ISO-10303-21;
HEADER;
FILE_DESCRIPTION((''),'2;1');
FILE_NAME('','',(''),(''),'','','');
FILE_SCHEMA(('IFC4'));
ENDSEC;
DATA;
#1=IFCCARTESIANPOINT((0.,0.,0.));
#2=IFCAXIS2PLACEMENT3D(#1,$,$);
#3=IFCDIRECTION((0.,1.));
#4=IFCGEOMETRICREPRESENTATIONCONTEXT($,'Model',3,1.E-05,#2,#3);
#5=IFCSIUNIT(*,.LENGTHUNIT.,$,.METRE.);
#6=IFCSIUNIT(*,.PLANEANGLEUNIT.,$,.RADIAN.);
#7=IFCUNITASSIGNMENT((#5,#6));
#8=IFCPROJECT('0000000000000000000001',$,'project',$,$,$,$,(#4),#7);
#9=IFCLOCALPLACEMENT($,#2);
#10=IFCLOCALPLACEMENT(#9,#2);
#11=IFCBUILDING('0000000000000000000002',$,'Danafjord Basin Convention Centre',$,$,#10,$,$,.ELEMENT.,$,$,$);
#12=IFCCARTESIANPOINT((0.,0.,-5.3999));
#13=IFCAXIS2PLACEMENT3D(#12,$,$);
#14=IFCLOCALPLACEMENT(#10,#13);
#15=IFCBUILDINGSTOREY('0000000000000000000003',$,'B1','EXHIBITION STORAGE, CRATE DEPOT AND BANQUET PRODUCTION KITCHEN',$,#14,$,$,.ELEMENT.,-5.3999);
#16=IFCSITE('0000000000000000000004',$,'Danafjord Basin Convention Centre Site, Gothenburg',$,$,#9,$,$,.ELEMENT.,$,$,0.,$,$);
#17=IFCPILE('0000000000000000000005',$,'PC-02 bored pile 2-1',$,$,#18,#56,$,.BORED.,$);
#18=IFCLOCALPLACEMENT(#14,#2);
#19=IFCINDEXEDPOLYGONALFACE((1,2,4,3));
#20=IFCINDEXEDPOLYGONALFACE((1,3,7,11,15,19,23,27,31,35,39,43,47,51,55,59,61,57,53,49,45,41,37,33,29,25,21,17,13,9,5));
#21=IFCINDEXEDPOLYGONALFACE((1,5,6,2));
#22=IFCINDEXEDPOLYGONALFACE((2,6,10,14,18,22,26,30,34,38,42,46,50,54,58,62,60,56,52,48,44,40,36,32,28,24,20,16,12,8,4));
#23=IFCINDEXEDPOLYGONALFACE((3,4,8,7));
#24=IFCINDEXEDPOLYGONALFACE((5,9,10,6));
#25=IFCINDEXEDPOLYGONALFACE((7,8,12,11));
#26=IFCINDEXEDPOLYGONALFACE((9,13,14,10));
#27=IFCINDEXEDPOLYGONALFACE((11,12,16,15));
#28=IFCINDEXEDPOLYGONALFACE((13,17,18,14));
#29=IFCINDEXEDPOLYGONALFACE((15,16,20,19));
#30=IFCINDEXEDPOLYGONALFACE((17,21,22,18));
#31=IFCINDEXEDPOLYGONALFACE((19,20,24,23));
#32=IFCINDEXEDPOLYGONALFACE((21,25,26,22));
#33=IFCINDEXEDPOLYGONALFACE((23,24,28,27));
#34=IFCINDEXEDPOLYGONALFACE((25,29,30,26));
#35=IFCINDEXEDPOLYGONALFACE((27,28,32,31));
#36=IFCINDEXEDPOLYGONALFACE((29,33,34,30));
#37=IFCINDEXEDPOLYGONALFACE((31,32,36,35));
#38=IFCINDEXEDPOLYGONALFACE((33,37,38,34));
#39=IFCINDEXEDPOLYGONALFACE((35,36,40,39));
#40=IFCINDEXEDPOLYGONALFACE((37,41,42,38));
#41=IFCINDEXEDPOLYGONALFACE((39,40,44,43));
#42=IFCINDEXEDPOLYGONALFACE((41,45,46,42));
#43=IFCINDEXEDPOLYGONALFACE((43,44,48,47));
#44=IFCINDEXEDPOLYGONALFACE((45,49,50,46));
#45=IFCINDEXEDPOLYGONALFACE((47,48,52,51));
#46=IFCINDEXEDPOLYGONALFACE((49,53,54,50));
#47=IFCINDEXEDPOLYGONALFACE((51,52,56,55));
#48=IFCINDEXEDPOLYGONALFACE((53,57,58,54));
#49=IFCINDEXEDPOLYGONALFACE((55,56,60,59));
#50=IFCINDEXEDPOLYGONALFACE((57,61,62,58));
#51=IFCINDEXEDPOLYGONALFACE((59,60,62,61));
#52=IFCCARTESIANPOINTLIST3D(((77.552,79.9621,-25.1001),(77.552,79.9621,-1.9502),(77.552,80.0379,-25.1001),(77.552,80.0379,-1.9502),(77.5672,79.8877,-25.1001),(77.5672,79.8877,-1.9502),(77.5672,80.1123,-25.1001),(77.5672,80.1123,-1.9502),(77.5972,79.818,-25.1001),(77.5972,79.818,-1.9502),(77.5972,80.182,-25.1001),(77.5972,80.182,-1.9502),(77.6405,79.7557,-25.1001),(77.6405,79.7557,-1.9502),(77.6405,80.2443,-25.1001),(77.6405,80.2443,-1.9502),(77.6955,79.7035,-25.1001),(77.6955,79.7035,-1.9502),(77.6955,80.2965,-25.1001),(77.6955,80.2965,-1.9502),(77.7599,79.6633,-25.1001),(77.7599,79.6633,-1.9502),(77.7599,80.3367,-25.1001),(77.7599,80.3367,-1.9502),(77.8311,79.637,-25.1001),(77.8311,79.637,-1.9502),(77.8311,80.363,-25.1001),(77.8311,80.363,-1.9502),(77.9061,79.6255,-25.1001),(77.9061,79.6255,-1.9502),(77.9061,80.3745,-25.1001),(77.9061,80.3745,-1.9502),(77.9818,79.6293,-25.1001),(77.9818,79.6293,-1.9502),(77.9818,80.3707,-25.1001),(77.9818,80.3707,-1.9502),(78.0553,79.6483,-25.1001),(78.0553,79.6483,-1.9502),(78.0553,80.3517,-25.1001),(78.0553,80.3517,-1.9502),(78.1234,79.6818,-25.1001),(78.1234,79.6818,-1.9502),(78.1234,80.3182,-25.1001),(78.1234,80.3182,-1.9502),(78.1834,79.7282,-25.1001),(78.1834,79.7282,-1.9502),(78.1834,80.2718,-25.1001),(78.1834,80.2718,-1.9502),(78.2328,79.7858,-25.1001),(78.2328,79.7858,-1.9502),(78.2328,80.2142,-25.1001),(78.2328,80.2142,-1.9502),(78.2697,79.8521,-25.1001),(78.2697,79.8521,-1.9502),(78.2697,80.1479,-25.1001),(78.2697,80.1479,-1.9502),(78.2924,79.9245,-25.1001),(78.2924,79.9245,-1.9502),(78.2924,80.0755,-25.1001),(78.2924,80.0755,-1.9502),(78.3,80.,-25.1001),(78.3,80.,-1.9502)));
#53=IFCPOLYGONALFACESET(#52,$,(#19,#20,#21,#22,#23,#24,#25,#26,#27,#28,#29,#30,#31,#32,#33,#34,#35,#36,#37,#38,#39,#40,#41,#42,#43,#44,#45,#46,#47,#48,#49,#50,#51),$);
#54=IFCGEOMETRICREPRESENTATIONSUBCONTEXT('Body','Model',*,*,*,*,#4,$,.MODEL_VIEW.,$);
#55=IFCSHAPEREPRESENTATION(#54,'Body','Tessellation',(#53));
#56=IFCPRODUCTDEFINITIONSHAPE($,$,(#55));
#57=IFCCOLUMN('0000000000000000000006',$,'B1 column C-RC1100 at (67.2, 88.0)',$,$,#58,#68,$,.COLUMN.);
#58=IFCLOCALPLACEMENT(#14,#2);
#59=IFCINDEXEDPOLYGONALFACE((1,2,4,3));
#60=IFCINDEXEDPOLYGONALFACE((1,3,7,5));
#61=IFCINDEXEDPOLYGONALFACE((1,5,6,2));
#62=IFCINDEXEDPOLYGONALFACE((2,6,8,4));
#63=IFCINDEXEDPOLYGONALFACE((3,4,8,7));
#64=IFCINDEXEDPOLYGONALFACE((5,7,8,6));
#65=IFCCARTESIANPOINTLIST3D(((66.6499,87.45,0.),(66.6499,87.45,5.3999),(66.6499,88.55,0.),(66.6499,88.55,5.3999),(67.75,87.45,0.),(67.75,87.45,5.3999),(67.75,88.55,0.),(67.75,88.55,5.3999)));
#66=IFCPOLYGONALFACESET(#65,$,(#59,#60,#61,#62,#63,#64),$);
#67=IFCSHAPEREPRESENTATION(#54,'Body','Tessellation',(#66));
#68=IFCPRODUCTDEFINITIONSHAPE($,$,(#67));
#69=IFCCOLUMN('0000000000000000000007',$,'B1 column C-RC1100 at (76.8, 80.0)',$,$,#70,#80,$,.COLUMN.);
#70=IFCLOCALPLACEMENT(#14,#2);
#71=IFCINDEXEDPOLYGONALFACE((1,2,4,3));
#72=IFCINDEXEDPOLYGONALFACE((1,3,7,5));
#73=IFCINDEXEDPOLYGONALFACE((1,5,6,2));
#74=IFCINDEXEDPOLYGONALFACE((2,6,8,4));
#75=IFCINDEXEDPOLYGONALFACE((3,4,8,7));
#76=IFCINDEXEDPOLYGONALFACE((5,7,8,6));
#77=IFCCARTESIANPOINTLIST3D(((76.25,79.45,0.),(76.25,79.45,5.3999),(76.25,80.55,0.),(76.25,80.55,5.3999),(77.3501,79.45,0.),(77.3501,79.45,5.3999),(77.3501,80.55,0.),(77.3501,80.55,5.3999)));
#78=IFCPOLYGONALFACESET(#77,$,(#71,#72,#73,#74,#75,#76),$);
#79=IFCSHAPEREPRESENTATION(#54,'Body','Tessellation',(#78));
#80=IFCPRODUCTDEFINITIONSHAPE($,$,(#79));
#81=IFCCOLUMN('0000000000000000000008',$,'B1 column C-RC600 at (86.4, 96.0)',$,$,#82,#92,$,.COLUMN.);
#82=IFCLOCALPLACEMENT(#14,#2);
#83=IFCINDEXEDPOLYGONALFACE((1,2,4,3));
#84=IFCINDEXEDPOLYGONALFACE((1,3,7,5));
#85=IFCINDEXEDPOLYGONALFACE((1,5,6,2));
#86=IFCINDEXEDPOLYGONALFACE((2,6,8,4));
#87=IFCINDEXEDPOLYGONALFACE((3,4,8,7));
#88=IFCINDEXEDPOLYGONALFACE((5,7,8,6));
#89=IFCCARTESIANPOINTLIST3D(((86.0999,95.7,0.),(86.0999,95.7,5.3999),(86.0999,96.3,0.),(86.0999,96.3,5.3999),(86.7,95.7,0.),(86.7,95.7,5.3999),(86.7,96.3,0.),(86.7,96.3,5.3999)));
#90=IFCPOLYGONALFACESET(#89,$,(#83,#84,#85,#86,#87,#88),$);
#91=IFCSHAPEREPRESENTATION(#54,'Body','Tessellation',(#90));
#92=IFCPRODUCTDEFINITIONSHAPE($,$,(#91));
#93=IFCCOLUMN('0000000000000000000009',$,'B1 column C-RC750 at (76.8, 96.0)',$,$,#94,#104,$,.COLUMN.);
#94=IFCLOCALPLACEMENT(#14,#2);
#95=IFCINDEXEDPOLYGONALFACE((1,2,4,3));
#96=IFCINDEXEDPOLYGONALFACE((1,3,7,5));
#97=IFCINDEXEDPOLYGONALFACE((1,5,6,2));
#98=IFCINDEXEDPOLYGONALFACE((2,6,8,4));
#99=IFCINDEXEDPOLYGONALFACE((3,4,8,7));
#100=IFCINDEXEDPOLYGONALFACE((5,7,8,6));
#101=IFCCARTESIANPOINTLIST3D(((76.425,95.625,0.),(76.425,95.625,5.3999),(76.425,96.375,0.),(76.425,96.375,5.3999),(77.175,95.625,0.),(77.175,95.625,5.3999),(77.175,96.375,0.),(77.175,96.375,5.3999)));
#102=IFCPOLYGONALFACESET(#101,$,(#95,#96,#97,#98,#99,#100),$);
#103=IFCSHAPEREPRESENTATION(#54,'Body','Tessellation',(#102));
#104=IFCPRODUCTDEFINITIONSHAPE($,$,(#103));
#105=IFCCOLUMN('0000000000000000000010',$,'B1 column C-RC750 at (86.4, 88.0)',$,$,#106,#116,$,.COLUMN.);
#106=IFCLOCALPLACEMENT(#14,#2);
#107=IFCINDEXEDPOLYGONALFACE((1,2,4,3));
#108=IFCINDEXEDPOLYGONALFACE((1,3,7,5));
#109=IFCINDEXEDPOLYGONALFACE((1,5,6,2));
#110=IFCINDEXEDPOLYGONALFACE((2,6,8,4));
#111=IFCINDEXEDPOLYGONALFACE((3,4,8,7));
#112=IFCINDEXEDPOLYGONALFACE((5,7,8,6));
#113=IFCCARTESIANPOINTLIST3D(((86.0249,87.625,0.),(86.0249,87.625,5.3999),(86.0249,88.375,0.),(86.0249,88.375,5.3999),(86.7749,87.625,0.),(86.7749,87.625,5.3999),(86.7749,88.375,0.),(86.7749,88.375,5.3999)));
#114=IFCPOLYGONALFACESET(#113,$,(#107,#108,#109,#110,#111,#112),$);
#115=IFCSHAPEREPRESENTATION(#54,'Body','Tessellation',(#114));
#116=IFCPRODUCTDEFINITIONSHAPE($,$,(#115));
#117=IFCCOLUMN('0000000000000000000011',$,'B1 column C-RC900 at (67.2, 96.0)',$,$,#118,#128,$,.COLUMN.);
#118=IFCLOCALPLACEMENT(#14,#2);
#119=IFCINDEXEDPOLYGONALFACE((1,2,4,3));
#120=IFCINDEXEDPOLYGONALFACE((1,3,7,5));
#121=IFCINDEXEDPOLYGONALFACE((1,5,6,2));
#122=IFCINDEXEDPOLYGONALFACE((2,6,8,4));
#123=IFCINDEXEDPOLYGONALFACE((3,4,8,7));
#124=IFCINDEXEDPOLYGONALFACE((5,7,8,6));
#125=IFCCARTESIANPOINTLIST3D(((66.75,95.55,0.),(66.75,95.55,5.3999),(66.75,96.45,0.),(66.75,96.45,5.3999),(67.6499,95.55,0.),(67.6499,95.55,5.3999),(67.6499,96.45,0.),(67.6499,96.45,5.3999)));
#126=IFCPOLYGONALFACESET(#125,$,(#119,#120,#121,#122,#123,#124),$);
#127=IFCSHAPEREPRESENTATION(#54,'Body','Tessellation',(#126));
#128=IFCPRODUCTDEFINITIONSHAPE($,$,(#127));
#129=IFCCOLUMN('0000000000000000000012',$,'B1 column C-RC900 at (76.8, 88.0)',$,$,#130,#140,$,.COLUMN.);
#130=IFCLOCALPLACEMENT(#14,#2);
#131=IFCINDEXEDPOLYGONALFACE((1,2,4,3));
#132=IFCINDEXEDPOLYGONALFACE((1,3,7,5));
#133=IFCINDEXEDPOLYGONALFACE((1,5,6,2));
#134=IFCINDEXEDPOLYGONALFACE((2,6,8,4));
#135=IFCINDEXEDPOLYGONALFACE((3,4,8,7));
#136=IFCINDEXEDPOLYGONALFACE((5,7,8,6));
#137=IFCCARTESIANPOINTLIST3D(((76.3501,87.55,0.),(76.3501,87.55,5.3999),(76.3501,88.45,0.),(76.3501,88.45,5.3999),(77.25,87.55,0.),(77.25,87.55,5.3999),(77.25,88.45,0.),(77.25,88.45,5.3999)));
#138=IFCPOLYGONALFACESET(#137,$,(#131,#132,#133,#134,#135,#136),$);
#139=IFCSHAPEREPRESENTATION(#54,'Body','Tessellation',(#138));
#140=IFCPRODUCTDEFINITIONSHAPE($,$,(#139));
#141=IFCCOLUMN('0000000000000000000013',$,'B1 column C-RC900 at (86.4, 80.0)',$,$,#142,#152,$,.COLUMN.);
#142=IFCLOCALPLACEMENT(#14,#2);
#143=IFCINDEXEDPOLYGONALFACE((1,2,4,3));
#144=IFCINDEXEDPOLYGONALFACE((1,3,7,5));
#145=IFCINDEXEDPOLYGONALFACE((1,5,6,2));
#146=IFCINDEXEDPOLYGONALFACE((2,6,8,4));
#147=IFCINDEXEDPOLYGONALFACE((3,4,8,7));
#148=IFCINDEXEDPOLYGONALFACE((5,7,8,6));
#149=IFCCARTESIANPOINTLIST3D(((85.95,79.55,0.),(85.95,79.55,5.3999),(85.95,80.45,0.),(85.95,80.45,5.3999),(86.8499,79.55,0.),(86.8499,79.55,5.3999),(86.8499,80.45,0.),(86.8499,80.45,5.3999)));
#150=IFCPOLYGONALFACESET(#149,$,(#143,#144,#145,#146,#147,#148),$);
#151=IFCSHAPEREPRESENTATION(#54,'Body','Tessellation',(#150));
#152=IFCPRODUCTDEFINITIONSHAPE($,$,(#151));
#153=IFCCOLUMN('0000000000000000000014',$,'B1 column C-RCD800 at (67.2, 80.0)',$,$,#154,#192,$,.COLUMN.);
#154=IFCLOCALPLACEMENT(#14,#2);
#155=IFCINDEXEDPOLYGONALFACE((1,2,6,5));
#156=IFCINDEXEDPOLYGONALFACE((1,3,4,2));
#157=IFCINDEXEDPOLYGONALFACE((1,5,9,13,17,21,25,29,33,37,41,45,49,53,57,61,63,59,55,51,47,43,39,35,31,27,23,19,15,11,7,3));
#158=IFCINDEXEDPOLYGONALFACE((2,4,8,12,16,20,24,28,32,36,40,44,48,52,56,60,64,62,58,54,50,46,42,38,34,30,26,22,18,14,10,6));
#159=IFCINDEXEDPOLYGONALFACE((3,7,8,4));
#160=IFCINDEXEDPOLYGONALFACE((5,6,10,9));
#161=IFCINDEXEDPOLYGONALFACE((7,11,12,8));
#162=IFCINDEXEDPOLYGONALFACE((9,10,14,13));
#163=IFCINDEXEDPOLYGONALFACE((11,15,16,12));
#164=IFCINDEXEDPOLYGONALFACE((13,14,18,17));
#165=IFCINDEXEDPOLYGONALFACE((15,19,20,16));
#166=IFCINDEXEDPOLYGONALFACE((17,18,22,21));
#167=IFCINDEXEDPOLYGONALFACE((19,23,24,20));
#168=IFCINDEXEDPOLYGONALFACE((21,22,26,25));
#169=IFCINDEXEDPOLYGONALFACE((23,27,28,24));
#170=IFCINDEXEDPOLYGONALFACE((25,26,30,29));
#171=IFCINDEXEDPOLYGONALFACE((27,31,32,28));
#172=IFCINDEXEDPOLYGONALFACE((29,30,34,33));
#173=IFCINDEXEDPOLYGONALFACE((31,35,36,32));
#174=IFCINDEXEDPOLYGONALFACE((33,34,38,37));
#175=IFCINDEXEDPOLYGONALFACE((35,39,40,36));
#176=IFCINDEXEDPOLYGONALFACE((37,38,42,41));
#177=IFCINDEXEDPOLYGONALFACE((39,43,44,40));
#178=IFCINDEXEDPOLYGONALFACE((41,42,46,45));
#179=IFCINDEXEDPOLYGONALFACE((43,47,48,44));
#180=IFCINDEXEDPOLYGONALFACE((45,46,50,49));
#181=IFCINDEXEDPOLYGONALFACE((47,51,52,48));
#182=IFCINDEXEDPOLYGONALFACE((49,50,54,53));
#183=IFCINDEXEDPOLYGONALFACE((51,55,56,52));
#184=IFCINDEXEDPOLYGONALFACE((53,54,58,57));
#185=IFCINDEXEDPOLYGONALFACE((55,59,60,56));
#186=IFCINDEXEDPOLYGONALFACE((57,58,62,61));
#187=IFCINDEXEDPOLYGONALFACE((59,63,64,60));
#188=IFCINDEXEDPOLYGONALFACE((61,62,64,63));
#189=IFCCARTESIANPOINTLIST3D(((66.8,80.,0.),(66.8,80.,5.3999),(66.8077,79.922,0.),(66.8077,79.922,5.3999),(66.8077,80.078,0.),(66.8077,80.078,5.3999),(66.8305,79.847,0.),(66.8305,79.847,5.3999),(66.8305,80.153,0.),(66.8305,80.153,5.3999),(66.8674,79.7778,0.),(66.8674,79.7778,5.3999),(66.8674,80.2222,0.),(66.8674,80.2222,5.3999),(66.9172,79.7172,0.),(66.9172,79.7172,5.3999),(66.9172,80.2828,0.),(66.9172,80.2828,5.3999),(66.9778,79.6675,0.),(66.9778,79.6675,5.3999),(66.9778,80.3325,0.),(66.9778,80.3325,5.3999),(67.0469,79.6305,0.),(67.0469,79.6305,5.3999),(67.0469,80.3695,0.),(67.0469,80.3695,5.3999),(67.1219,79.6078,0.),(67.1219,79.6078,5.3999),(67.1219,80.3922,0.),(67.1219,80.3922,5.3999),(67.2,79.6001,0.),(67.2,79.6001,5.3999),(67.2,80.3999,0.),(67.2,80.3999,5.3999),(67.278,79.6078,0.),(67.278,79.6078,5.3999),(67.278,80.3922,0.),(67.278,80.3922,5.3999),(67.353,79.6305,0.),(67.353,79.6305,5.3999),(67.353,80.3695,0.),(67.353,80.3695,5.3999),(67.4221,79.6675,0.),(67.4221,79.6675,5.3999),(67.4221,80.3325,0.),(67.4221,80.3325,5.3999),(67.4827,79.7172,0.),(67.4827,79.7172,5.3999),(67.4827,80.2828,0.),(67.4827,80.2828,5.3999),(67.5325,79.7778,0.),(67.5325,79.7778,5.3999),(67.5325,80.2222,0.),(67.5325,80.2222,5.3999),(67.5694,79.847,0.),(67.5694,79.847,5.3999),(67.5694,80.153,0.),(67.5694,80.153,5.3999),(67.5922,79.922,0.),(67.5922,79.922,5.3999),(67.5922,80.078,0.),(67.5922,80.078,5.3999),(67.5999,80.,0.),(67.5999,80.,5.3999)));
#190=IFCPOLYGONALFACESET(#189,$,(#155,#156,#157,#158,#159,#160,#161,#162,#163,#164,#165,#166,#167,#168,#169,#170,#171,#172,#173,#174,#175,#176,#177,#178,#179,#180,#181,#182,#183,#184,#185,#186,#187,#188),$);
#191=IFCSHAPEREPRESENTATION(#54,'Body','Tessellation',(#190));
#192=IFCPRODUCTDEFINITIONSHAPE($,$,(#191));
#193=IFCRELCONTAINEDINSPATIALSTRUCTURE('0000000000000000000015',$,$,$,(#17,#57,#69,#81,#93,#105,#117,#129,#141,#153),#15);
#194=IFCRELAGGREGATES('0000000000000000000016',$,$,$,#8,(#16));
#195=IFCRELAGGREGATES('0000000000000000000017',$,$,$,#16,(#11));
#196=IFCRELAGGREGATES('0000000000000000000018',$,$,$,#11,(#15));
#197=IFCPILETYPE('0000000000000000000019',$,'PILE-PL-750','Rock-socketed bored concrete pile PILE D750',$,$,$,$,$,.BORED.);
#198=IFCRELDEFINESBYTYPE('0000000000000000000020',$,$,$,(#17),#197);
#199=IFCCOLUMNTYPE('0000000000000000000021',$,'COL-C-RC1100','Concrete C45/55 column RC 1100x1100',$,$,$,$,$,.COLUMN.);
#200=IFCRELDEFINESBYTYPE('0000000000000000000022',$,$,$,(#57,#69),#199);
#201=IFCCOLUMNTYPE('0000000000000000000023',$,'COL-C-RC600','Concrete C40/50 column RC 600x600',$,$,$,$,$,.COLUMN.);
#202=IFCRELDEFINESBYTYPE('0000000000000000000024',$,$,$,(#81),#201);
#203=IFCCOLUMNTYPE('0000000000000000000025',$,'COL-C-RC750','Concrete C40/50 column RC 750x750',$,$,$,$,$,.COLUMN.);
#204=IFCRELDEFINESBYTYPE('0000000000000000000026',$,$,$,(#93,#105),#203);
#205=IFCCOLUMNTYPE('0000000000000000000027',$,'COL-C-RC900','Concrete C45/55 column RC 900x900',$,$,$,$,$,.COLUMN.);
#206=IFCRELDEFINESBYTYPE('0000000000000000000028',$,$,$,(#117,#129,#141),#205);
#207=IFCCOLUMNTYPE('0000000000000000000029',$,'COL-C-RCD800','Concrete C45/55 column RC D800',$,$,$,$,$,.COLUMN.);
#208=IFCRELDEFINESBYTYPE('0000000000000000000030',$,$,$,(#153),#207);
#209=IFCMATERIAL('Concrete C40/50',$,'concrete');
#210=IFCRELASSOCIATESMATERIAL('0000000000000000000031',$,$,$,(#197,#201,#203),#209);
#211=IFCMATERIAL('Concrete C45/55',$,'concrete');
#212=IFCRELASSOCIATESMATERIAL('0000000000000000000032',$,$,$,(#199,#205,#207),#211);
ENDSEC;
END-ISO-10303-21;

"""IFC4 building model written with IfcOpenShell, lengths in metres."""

from ifc_helpers import new_model, si_unit, direction, frame, origin, origin_2d, place, context, subcontext, project, spatial, rectangle, circle, extrude, material, material_profile, profile_set, type_object, element, save


model = new_model("IFC4")

# Units and contexts
model_context = context("Model", 3, precision=1e-05, world=origin(), true_north=direction((0.0, 1.0)))
body_context = subcontext(model_context, "Body", "Model", "MODEL_VIEW")
ifc_project = project(units=[si_unit("LENGTHUNIT", "METRE"), si_unit("PLANEANGLEUNIT", "RADIAN")], contexts=[model_context])

# Site, building, storey
site_placement = place(None, origin())
site = spatial("IfcSite", under=ifc_project, at=site_placement, Name="Danafjord Basin Convention Centre Site, Gothenburg", CompositionType="ELEMENT", RefElevation=0.0)
building_placement = place(site_placement, origin())
building = spatial("IfcBuilding", under=site, at=building_placement, Name="Danafjord Basin Convention Centre", CompositionType="ELEMENT")
storey_placement = place(building_placement, frame((0.0, 0.0, -5.3999)))
storey = spatial("IfcBuildingStorey", under=building, at=storey_placement, Name="B1", Description="EXHIBITION STORAGE, CRATE DEPOT AND BANQUET PRODUCTION KITCHEN", CompositionType="ELEMENT", Elevation=-5.3999)

# Shared definitions
ifc_material_1 = material(Name="Concrete C40/50", Category="concrete")

# Pile
ifc_material_profile_1 = material_profile(ifc_material_1, circle(Radius=0.375, at=origin_2d()), Name="PILE D750")
ifc_profile_set_1 = profile_set([ifc_material_profile_1], Name="Concrete C40/50")
pile_type_1 = type_object("IfcPileType", Name="PILE-PL-750", Description="Rock-socketed bored concrete pile PILE D750", PredefinedType="BORED", material=ifc_profile_set_1)
for number, where, z_axis, x_axis, name in (
    (1, (77.925, 80.0, -1.9502), (0.0, 0.0, -1.0), (1.0, 0.0, 0.0), "PC-02 bored pile 2-1"),
):
    element("IfcPile", number, at=place(storey_placement, frame(where, z_axis=z_axis, x_axis=x_axis)), inside=storey, type_object=pile_type_1, Name=name, PredefinedType="BORED", context=body_context, shape_type="SweptSolid", body=[
        extrude(circle(Radius=0.375, at=origin_2d()), origin(), (0.0, 0.0, 1.0), 23.1499),
    ])

# Columns
ifc_material_2 = material(Name="Concrete C45/55", Category="concrete")
ifc_material_profile_2 = material_profile(ifc_material_2, rectangle(XDim=1.1001, YDim=1.1001, at=origin_2d()), Name="RC 1100x1100")
ifc_profile_set_2 = profile_set([ifc_material_profile_2], Name="Concrete C45/55")
column_type_1 = type_object("IfcColumnType", Name="COL-C-RC1100", Description="Concrete C45/55 column RC 1100x1100", PredefinedType="COLUMN", material=ifc_profile_set_2)
for number, where, z_axis, x_axis, name in (
    (2, (67.2, 88.0, 0.0), (0.0, 0.0, 1.0), (1.0, 0.0, 0.0), "B1 column C-RC1100 at (67.2, 88.0)"),
    (3, (76.8, 80.0, 0.0), (0.0, 0.0, 1.0), (1.0, 0.0, 0.0), "B1 column C-RC1100 at (76.8, 80.0)"),
):
    element("IfcColumn", number, at=place(storey_placement, frame(where, z_axis=z_axis, x_axis=x_axis)), inside=storey, type_object=column_type_1, Name=name, PredefinedType="COLUMN", context=body_context, shape_type="SweptSolid", body=[
        extrude(rectangle(XDim=1.1001, YDim=1.1001, at=origin_2d()), origin(), (0.0, 0.0, 1.0), 5.3999),
    ])
ifc_material_profile_3 = material_profile(ifc_material_1, rectangle(XDim=0.6001, YDim=0.6001, at=origin_2d()), Name="RC 600x600")
ifc_profile_set_3 = profile_set([ifc_material_profile_3], Name="Concrete C40/50")
column_type_2 = type_object("IfcColumnType", Name="COL-C-RC600", Description="Concrete C40/50 column RC 600x600", PredefinedType="COLUMN", material=ifc_profile_set_3)
column_1_placement = place(storey_placement, frame((86.3999, 96.0, 0.0), z_axis=(0.0, 0.0, 1.0), x_axis=(1.0, 0.0, 0.0)))
element("IfcColumn", 4, at=column_1_placement, inside=storey, type_object=column_type_2, Name="B1 column C-RC600 at (86.4, 96.0)", PredefinedType="COLUMN", context=body_context, shape_type="SweptSolid", body=[
    extrude(rectangle(XDim=0.6001, YDim=0.6001, at=origin_2d()), origin(), (0.0, 0.0, 1.0), 5.3999),
])
ifc_material_profile_4 = material_profile(ifc_material_1, rectangle(XDim=0.75, YDim=0.75, at=origin_2d()), Name="RC 750x750")
ifc_profile_set_4 = profile_set([ifc_material_profile_4], Name="Concrete C40/50")
column_type_3 = type_object("IfcColumnType", Name="COL-C-RC750", Description="Concrete C40/50 column RC 750x750", PredefinedType="COLUMN", material=ifc_profile_set_4)
for number, where, z_axis, x_axis, name in (
    (5, (76.8, 96.0, 0.0), (0.0, 0.0, 1.0), (1.0, 0.0, 0.0), "B1 column C-RC750 at (76.8, 96.0)"),
    (6, (86.3999, 88.0, 0.0), (0.0, 0.0, 1.0), (1.0, 0.0, 0.0), "B1 column C-RC750 at (86.4, 88.0)"),
):
    element("IfcColumn", number, at=place(storey_placement, frame(where, z_axis=z_axis, x_axis=x_axis)), inside=storey, type_object=column_type_3, Name=name, PredefinedType="COLUMN", context=body_context, shape_type="SweptSolid", body=[
        extrude(rectangle(XDim=0.75, YDim=0.75, at=origin_2d()), origin(), (0.0, 0.0, 1.0), 5.3999),
    ])
ifc_material_profile_5 = material_profile(ifc_material_2, rectangle(XDim=0.8999, YDim=0.8999, at=origin_2d()), Name="RC 900x900")
ifc_profile_set_5 = profile_set([ifc_material_profile_5], Name="Concrete C45/55")
column_type_4 = type_object("IfcColumnType", Name="COL-C-RC900", Description="Concrete C45/55 column RC 900x900", PredefinedType="COLUMN", material=ifc_profile_set_5)
for number, where, z_axis, x_axis, name in (
    (7, (67.2, 96.0, 0.0), (0.0, 0.0, 1.0), (1.0, 0.0, 0.0), "B1 column C-RC900 at (67.2, 96.0)"),
    (8, (76.8, 88.0, 0.0), (0.0, 0.0, 1.0), (1.0, 0.0, 0.0), "B1 column C-RC900 at (76.8, 88.0)"),
    (9, (86.3999, 80.0, 0.0), (0.0, 0.0, 1.0), (1.0, 0.0, 0.0), "B1 column C-RC900 at (86.4, 80.0)"),
):
    element("IfcColumn", number, at=place(storey_placement, frame(where, z_axis=z_axis, x_axis=x_axis)), inside=storey, type_object=column_type_4, Name=name, PredefinedType="COLUMN", context=body_context, shape_type="SweptSolid", body=[
        extrude(rectangle(XDim=0.8999, YDim=0.8999, at=origin_2d()), origin(), (0.0, 0.0, 1.0), 5.3999),
    ])
ifc_material_profile_6 = material_profile(ifc_material_2, circle(Radius=0.3999, at=origin_2d()), Name="RC D800")
ifc_profile_set_6 = profile_set([ifc_material_profile_6], Name="Concrete C45/55")
column_type_5 = type_object("IfcColumnType", Name="COL-C-RCD800", Description="Concrete C45/55 column RC D800", PredefinedType="COLUMN", material=ifc_profile_set_6)
column_2_placement = place(storey_placement, frame((67.2, 80.0, 0.0), z_axis=(0.0, 0.0, 1.0), x_axis=(1.0, 0.0, 0.0)))
element("IfcColumn", 10, at=column_2_placement, inside=storey, type_object=column_type_5, Name="B1 column C-RCD800 at (67.2, 80.0)", PredefinedType="COLUMN", context=body_context, shape_type="SweptSolid", body=[
    extrude(circle(Radius=0.3999, at=origin_2d()), origin(), (0.0, 0.0, 1.0), 5.3999),
])

save(model, "model.ifc")
